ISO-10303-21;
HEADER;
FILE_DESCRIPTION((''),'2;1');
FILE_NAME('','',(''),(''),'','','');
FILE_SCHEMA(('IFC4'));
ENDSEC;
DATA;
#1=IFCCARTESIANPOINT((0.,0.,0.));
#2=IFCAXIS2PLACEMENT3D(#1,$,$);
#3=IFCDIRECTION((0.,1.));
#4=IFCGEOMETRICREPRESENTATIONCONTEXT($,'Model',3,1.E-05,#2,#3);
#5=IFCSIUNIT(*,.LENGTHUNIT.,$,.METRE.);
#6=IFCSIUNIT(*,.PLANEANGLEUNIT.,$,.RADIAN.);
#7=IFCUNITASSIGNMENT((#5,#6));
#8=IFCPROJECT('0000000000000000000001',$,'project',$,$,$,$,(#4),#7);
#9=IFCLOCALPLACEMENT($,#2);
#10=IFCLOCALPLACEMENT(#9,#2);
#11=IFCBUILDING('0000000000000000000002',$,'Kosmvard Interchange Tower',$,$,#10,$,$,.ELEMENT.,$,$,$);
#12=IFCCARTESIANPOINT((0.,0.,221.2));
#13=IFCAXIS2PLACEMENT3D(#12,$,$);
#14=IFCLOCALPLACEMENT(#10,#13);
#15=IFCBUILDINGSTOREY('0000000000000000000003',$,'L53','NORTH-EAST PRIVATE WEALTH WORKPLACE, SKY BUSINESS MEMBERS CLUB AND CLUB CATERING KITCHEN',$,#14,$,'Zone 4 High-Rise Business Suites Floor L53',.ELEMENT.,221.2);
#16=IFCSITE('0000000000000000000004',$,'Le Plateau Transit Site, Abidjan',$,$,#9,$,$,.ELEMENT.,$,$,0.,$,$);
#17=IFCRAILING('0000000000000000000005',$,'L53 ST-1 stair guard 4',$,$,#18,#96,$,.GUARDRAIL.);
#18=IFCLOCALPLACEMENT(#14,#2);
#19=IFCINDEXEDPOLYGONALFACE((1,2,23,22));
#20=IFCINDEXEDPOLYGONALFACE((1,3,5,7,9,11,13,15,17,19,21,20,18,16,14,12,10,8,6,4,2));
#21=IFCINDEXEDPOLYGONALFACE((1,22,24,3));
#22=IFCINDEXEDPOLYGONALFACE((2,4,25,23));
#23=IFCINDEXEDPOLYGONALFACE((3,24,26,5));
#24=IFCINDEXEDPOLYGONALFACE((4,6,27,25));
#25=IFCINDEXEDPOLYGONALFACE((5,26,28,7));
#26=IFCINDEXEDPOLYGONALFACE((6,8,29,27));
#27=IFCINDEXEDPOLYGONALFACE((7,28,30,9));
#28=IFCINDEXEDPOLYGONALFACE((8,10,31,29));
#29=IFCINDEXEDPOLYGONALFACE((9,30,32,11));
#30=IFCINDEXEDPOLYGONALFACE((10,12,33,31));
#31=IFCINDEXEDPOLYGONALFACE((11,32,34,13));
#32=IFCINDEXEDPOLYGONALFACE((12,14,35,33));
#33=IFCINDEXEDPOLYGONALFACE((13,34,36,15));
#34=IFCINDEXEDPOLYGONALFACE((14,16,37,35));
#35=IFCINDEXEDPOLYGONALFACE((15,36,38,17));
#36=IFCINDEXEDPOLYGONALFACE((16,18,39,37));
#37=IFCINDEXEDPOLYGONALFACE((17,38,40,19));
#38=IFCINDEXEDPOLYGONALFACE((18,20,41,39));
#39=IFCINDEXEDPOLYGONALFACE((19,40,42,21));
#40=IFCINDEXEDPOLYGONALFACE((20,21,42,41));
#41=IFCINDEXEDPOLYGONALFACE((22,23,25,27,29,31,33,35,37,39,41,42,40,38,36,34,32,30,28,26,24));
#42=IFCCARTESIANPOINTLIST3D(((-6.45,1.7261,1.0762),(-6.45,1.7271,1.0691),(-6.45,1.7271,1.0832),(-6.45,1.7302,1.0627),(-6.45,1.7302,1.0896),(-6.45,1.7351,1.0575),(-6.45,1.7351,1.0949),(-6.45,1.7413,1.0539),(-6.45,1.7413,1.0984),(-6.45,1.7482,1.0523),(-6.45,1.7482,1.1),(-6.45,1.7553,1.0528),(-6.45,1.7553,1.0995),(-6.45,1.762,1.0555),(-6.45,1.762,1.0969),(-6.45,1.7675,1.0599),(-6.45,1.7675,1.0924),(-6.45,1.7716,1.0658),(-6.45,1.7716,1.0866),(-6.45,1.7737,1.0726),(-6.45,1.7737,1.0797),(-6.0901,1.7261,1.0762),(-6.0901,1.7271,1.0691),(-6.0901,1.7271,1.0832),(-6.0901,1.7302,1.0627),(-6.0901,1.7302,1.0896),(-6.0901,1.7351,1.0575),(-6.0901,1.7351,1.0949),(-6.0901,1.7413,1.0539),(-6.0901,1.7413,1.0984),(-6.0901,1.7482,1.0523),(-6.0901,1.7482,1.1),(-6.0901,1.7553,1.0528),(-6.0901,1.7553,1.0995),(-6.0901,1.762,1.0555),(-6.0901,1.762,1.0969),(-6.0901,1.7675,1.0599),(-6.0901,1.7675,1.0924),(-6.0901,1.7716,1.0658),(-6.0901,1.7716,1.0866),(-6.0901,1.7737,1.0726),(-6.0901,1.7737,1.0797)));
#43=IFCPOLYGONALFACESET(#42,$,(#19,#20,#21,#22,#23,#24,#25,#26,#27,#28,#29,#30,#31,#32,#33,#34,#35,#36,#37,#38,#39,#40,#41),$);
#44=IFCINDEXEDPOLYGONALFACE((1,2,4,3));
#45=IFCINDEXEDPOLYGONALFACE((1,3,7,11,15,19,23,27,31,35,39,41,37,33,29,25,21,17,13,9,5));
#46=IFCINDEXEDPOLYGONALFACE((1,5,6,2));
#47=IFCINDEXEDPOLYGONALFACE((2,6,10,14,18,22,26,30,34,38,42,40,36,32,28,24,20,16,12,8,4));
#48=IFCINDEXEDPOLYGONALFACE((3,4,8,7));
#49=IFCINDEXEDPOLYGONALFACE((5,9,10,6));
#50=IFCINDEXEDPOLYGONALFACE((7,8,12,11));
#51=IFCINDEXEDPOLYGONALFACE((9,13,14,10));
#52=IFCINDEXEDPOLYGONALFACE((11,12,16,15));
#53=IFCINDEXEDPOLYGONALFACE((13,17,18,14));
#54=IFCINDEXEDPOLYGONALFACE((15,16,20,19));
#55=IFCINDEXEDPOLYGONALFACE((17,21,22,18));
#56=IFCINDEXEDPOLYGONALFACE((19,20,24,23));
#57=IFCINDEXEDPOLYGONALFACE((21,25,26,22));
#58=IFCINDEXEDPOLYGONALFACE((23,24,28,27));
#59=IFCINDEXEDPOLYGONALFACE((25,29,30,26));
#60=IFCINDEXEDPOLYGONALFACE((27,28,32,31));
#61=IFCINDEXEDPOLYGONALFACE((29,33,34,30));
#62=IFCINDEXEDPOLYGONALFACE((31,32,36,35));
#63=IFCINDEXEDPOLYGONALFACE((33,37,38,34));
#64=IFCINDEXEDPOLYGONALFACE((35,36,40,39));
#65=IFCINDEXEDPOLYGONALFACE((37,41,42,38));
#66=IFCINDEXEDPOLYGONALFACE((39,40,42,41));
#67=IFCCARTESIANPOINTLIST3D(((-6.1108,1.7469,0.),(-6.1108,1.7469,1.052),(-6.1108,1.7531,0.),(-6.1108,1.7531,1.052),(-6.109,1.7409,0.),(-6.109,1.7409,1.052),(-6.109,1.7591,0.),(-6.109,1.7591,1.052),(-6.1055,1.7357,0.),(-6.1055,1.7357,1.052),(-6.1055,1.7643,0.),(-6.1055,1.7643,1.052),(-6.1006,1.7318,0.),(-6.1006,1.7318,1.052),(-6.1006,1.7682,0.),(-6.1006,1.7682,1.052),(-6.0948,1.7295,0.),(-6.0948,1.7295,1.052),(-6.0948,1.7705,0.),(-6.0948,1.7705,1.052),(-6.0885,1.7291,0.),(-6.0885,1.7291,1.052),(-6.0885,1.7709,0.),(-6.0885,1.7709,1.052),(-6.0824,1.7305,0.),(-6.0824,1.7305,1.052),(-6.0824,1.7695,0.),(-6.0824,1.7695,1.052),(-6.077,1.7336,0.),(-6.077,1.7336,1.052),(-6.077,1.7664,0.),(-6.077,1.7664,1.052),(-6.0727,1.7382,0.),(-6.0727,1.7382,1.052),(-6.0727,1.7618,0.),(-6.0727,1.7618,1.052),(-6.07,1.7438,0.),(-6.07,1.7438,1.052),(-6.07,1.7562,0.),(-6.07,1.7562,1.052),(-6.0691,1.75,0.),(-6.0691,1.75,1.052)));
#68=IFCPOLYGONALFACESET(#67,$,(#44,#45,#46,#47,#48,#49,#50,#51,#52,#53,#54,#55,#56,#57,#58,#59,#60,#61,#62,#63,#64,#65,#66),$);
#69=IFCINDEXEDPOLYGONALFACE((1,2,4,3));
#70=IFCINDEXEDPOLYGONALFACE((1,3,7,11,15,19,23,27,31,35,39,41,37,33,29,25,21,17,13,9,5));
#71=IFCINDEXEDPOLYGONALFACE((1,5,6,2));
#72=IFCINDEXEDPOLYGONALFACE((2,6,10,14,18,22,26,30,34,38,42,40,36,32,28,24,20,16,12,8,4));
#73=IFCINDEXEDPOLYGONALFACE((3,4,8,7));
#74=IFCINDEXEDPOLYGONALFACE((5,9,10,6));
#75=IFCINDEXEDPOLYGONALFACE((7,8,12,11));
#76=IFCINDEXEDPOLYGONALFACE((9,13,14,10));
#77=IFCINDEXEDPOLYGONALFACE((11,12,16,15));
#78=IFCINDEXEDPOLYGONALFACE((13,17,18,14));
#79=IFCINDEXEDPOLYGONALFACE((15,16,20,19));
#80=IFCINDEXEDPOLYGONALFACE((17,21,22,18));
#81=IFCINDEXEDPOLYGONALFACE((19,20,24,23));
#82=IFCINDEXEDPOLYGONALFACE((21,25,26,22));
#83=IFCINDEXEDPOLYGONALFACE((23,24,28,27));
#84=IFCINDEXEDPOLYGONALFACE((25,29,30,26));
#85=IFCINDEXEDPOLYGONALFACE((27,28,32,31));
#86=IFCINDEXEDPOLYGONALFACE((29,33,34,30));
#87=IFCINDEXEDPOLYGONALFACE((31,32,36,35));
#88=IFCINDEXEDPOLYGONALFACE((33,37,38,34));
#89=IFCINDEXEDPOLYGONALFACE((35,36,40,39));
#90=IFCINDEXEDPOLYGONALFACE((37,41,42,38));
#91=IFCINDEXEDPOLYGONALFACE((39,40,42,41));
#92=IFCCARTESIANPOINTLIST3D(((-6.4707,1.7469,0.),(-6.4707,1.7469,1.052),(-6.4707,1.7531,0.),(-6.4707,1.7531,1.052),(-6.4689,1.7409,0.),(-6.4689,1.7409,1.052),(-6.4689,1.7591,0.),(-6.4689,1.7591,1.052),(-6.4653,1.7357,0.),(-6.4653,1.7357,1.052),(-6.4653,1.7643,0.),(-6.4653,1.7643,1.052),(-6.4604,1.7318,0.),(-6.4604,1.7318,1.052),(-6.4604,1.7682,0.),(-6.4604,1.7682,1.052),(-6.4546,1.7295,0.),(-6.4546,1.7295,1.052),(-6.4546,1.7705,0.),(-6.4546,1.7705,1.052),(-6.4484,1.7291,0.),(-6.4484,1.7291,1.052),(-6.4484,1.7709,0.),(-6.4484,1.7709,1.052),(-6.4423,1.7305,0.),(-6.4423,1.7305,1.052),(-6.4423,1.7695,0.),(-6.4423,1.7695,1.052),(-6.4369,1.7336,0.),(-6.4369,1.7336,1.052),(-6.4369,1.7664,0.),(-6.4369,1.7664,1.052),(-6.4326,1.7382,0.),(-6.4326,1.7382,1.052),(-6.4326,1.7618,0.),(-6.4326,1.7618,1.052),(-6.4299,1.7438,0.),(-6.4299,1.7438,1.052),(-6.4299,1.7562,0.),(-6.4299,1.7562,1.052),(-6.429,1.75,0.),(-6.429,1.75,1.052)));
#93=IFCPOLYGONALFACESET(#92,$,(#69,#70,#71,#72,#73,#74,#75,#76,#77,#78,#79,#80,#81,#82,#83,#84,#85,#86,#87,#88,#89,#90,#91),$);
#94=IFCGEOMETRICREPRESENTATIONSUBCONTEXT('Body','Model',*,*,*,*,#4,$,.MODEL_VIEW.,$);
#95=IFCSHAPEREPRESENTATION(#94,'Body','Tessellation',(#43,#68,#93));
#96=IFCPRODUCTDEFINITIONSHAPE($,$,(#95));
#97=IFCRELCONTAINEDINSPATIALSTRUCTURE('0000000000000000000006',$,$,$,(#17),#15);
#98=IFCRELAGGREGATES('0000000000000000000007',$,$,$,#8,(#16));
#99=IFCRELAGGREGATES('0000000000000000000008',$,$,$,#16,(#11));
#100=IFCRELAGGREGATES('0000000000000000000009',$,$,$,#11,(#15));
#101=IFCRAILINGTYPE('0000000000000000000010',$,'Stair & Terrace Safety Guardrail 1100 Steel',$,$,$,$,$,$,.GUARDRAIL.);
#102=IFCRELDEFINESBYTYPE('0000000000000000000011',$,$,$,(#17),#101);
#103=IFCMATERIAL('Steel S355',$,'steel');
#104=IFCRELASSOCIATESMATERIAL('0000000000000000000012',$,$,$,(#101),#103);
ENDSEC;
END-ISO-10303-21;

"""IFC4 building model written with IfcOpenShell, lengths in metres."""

from ifc_helpers import new_model, si_unit, direction, frame, origin, origin_2d, place, context, subcontext, project, spatial, circle, extrude, source, transform, mapped, material, type_object, element, save


model = new_model("IFC4")

# Units and contexts
model_context = context("Model", 3, precision=1e-05, world=origin(), true_north=direction((0.0, 1.0)))
body_context = subcontext(model_context, "Body", "Model", "MODEL_VIEW")
ifc_project = project(units=[si_unit("LENGTHUNIT", "METRE"), si_unit("PLANEANGLEUNIT", "RADIAN")], contexts=[model_context])

# Site, building, storey
site_placement = place(None, origin())
site = spatial("IfcSite", under=ifc_project, at=site_placement, Name="Le Plateau Transit Site, Abidjan", CompositionType="ELEMENT", RefElevation=0.0)
building_placement = place(site_placement, origin())
building = spatial("IfcBuilding", under=site, at=building_placement, Name="Kosmvard Interchange Tower", CompositionType="ELEMENT")
storey_placement = place(building_placement, frame((0.0, 0.0, 221.2)))
storey = spatial("IfcBuildingStorey", under=building, at=storey_placement, Name="L53", Description="NORTH-EAST PRIVATE WEALTH WORKPLACE, SKY BUSINESS MEMBERS CLUB AND CLUB CATERING KITCHEN", LongName="Zone 4 High-Rise Business Suites Floor L53", CompositionType="ELEMENT", Elevation=221.2)

# Shared definitions
ifc_material_1 = material(Name="Steel S355", Category="steel")

# Railing
railing_type_1 = type_object("IfcRailingType", Name="Stair & Terrace Safety Guardrail 1100 Steel", PredefinedType="GUARDRAIL", material=ifc_material_1)
shared_shape_1 = source(origin(), body_context, "Body", "SweptSolid", [
    extrude(circle(Radius=0.0239, at=origin_2d()), frame((0.0, 0.0, 1.0762), z_axis=(-1.0, 0.0, 0.0), x_axis=(0.0, -1.0, 0.0)), (0.0, 0.0, 1.0), 0.3599),
    extrude(circle(Radius=0.021, at=origin_2d()), origin(), (0.0, 0.0, 1.0), 1.052),
    extrude(circle(Radius=0.021, at=origin_2d()), frame((-0.3599, 0.0, 0.0)), (0.0, 0.0, 1.0), 1.052),
])
for number, where, name in (
    (1, (-6.0901, 1.75, 0.0), "L53 ST-1 stair guard 4"),
):
    element("IfcRailing", number, at=place(storey_placement, frame(where)), inside=storey, type_object=railing_type_1, Name=name, PredefinedType="GUARDRAIL", context=body_context, shape_type="MappedRepresentation", body=[
        mapped(shared_shape_1, transform((0.0, 0.0, 0.0), scale=1.0)),
    ])

save(model, "model.ifc")
